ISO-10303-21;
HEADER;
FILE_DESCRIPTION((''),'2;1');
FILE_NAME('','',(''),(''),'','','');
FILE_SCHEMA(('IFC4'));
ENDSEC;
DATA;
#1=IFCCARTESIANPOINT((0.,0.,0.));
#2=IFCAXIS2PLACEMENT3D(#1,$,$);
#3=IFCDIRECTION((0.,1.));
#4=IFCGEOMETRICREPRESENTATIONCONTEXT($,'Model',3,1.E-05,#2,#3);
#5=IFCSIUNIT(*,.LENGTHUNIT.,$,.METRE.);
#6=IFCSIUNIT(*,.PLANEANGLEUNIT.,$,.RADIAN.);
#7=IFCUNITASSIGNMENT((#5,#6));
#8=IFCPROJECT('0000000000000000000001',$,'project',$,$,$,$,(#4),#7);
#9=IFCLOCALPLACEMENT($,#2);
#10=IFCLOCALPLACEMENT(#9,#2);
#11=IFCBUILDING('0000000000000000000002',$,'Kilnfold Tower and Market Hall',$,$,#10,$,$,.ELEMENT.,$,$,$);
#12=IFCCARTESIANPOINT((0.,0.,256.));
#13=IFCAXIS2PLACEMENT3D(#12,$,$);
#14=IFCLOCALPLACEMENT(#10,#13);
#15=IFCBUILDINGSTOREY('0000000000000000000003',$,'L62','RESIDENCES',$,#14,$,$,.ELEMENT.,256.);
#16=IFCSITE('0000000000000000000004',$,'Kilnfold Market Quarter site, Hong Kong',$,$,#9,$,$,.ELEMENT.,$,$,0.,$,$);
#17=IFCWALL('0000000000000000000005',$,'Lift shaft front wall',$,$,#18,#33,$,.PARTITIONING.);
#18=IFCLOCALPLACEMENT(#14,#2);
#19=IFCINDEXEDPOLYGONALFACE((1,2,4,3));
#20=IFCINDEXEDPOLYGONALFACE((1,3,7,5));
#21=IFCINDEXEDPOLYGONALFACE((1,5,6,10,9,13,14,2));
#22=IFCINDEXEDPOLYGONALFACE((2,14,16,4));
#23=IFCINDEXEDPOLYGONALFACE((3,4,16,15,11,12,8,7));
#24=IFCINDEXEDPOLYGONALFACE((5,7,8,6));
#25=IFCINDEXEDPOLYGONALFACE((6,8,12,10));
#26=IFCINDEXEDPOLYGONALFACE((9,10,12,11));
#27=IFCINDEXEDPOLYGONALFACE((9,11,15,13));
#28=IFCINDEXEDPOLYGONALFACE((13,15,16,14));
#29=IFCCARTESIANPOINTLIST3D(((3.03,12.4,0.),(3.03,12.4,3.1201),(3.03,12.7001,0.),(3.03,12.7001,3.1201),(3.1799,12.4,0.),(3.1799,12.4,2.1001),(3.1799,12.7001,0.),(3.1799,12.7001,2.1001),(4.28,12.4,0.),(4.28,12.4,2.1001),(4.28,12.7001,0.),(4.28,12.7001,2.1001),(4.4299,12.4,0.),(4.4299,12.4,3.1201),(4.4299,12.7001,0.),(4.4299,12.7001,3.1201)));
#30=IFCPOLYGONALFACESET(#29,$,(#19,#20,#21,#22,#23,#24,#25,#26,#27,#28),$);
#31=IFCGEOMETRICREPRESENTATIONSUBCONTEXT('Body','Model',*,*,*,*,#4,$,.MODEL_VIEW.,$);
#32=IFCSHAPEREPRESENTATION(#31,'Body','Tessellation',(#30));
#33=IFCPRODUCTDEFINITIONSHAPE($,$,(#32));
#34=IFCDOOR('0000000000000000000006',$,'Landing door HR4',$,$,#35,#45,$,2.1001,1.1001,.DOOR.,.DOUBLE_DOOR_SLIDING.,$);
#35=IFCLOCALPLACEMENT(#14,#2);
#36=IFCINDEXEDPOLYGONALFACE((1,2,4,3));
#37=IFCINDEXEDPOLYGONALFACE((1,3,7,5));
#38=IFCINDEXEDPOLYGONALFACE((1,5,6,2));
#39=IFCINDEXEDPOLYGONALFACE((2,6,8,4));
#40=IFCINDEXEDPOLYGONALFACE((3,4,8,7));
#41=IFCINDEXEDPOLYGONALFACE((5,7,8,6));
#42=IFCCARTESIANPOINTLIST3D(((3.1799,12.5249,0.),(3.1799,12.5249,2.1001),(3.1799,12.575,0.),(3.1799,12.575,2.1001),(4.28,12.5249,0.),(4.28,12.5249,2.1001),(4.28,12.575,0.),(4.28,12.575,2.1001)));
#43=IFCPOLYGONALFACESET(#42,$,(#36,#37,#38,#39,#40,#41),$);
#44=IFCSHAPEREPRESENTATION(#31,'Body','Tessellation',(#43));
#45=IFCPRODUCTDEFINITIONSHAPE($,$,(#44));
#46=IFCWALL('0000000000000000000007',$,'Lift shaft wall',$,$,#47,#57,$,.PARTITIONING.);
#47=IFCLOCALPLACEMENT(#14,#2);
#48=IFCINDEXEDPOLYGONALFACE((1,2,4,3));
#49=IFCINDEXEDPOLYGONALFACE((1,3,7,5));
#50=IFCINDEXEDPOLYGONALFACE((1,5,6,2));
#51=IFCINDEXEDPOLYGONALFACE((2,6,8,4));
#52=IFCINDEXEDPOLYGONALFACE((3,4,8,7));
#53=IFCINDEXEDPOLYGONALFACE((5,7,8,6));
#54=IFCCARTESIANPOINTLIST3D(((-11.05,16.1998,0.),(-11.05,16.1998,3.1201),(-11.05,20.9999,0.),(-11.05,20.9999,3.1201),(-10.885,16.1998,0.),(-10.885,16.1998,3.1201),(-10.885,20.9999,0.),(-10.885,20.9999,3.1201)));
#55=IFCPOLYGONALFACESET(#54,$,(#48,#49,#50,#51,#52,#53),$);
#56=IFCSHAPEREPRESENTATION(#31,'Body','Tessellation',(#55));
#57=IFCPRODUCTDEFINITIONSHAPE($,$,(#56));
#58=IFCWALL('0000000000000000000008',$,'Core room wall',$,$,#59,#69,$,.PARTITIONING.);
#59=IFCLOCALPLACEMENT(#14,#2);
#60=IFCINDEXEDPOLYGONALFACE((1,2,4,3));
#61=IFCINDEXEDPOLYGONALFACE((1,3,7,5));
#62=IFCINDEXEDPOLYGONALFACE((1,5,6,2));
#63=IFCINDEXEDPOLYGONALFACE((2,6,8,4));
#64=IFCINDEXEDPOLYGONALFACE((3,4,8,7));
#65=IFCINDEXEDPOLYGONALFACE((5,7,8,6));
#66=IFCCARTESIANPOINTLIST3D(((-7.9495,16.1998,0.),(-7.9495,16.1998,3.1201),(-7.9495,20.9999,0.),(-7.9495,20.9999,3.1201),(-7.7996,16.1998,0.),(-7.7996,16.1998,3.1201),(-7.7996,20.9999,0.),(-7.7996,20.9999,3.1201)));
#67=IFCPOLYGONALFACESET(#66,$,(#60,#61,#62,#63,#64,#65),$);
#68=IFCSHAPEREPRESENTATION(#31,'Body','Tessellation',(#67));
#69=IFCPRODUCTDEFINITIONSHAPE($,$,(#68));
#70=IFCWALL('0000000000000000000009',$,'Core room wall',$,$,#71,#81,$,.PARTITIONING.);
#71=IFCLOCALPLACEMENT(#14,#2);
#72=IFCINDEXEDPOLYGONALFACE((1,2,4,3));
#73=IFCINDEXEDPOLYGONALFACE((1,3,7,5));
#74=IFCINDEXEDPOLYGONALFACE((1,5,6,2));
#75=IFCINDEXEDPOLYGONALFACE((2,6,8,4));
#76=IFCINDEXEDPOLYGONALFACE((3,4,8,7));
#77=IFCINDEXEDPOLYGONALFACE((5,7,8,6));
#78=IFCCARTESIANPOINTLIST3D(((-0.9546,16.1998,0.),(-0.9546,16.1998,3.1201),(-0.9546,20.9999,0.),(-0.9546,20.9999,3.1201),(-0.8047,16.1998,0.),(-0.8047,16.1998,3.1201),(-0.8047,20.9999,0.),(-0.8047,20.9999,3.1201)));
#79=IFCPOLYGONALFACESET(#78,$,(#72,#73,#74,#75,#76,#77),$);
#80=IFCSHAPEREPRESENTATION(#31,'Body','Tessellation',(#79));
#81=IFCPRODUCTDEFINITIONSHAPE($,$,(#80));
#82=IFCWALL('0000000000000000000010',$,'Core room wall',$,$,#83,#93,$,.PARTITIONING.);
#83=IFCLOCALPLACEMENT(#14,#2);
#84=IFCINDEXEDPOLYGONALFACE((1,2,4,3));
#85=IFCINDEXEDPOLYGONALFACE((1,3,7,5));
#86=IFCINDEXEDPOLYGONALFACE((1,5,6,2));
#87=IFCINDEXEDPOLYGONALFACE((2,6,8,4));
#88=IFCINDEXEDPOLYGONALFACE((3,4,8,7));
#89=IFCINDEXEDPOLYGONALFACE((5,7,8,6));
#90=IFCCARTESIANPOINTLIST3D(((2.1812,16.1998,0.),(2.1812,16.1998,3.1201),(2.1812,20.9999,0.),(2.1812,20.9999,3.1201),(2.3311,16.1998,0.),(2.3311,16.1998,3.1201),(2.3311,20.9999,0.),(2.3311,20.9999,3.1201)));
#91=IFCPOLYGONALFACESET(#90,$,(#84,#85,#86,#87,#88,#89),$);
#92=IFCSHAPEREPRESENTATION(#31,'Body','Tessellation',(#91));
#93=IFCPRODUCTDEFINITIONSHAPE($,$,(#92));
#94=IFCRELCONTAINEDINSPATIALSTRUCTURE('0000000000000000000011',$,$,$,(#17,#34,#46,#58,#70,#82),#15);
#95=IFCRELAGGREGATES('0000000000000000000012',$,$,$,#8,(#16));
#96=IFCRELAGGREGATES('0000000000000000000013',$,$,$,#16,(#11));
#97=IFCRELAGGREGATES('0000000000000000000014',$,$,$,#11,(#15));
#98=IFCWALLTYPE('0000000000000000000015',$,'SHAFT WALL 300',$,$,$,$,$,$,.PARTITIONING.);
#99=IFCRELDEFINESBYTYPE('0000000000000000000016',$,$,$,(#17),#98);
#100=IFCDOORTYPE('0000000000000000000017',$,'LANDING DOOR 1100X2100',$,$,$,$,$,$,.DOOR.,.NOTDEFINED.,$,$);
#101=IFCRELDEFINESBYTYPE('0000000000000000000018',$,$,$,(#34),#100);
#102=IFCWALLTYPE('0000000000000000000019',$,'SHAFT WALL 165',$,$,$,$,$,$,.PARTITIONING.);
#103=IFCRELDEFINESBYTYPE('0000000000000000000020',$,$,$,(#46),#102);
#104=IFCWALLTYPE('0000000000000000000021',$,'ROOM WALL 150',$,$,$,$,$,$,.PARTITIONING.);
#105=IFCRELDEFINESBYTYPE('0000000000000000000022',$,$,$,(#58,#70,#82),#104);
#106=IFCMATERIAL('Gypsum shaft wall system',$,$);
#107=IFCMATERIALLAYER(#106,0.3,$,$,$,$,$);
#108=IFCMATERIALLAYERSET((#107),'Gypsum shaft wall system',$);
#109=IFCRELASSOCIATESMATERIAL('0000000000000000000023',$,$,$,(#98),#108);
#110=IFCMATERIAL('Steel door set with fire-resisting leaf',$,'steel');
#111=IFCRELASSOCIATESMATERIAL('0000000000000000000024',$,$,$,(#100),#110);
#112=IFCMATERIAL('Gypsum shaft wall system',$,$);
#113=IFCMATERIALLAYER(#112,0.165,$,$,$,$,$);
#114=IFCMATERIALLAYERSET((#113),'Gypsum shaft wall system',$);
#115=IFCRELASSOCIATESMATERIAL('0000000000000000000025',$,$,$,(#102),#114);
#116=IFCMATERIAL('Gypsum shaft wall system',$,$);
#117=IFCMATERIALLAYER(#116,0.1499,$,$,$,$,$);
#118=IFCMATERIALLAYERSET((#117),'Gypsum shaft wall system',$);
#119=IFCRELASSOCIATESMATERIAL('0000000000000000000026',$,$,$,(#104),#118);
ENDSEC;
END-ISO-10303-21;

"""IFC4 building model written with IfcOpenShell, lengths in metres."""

from ifc_helpers import new_model, si_unit, direction, frame, frame_2d, origin, place, context, subcontext, project, spatial, rectangle, extrude, source, transform, mapped, material, layer, layer_set, type_object, element, fill, save


model = new_model("IFC4")

# Units and contexts
model_context = context("Model", 3, precision=1e-05, world=origin(), true_north=direction((0.0, 1.0)))
body_context = subcontext(model_context, "Body", "Model", "MODEL_VIEW")
ifc_project = project(units=[si_unit("LENGTHUNIT", "METRE"), si_unit("PLANEANGLEUNIT", "RADIAN")], contexts=[model_context])

# Site, building, storey
site_placement = place(None, origin())
site = spatial("IfcSite", under=ifc_project, at=site_placement, Name="Kilnfold Market Quarter site, Hong Kong", CompositionType="ELEMENT", RefElevation=0.0)
building_placement = place(site_placement, origin())
building = spatial("IfcBuilding", under=site, at=building_placement, Name="Kilnfold Tower and Market Hall", CompositionType="ELEMENT")
storey_placement = place(building_placement, frame((0.0, 0.0, 256.0)))
storey = spatial("IfcBuildingStorey", under=building, at=storey_placement, Name="L62", Description="RESIDENCES", CompositionType="ELEMENT", Elevation=256.0)

# Wall, opening, door
ifc_material_1 = material(Name="Gypsum shaft wall system")
ifc_layer_1 = layer(ifc_material_1, 0.3)
ifc_layer_set_1 = layer_set([ifc_layer_1], Name="Gypsum shaft wall system")
wall_type_1 = type_object("IfcWallType", Name="SHAFT WALL 300", PredefinedType="PARTITIONING", material=ifc_layer_set_1)
shared_shape_1 = source(origin(), body_context, "Body", "SweptSolid", [
    extrude(rectangle(XDim=1.3999, YDim=0.3, at=frame_2d((0.7, 0.0))), origin(), (0.0, 0.0, 1.0), 3.1201),
])
wall_1_placement = place(storey_placement, frame((3.03, 12.55, 0.0), z_axis=(0.0, 0.0, 1.0), x_axis=(1.0, 0.0, 0.0)))
wall_1 = element("IfcWall", 1, at=wall_1_placement, inside=storey, type_object=wall_type_1, Name="Lift shaft front wall", PredefinedType="PARTITIONING", context=body_context, shape_type="MappedRepresentation", body=[
    mapped(shared_shape_1, transform((0.0, 0.0, 0.0))),
])
opening_1_placement = place(wall_1_placement, frame((0.1499, 0.0, 0.0)))
opening_1 = element("IfcOpeningElement", 2, at=opening_1_placement, cuts=wall_1, PredefinedType="OPENING", context=body_context, shape_type="SweptSolid", body=[
    extrude(rectangle(XDim=1.1001, YDim=2.1001, at=frame_2d((0.55, 1.05))), frame((0.0, 0.1602, 0.0), z_axis=(0.0, -1.0, 0.0), x_axis=(1.0, 0.0, 0.0)), (0.0, 0.0, 1.0), 0.3201),
])
ifc_material_2 = material(Name="Steel door set with fire-resisting leaf", Category="steel")
door_type_1 = type_object("IfcDoorType", Name="LANDING DOOR 1100X2100", OperationType="NOTDEFINED", PredefinedType="DOOR", material=ifc_material_2)
door_1_placement = place(opening_1_placement, origin())
door_1 = element("IfcDoor", 3, at=door_1_placement, inside=storey, type_object=door_type_1, Name="Landing door HR4", OperationType="DOUBLE_DOOR_SLIDING", OverallHeight=2.1001, OverallWidth=1.1001, PredefinedType="DOOR", context=body_context, shape_type="SweptSolid", body=[
    extrude(rectangle(XDim=1.1001, YDim=2.1001, at=frame_2d((0.55, 1.05))), frame((0.0, 0.0249, 0.0), z_axis=(0.0, -1.0, 0.0), x_axis=(1.0, 0.0, 0.0)), (0.0, 0.0, 1.0), 0.05),
])
fill(opening_1, door_1)

# Walls
ifc_material_3 = material(Name="Gypsum shaft wall system")
ifc_layer_2 = layer(ifc_material_3, 0.165)
ifc_layer_set_2 = layer_set([ifc_layer_2], Name="Gypsum shaft wall system")
wall_type_2 = type_object("IfcWallType", Name="SHAFT WALL 165", PredefinedType="PARTITIONING", material=ifc_layer_set_2)
shared_shape_2 = source(origin(), body_context, "Body", "SweptSolid", [
    extrude(rectangle(XDim=4.8, YDim=0.165, at=frame_2d((2.3999, 0.0))), origin(), (0.0, 0.0, 1.0), 3.1201),
])
wall_2_placement = place(storey_placement, frame((-10.9675, 16.2, 0.0), z_axis=(0.0, 0.0, 1.0), x_axis=(0.0, 1.0, 0.0)))
element("IfcWall", 4, at=wall_2_placement, inside=storey, type_object=wall_type_2, Name="Lift shaft wall", PredefinedType="PARTITIONING", context=body_context, shape_type="MappedRepresentation", body=[
    mapped(shared_shape_2, transform((0.0, 0.0, 0.0))),
])
ifc_material_4 = material(Name="Gypsum shaft wall system")
ifc_layer_3 = layer(ifc_material_4, 0.1499)
ifc_layer_set_3 = layer_set([ifc_layer_3], Name="Gypsum shaft wall system")
wall_type_3 = type_object("IfcWallType", Name="ROOM WALL 150", PredefinedType="PARTITIONING", material=ifc_layer_set_3)
shared_shape_3 = source(origin(), body_context, "Body", "SweptSolid", [
    extrude(rectangle(XDim=4.8, YDim=0.1499, at=frame_2d((2.3999, 0.0))), origin(), (0.0, 0.0, 1.0), 3.1201),
])
for number, where, z_axis, x_axis, name in (
    (5, (-7.8745, 16.2, 0.0), (0.0, 0.0, 1.0), (0.0, 1.0, 0.0), "Core room wall"),
    (6, (-0.8796, 16.2, 0.0), (0.0, 0.0, 1.0), (0.0, 1.0, 0.0), "Core room wall"),
    (7, (2.2561, 16.2, 0.0), (0.0, 0.0, 1.0), (0.0, 1.0, 0.0), "Core room wall"),
):
    element("IfcWall", number, at=place(storey_placement, frame(where, z_axis=z_axis, x_axis=x_axis)), inside=storey, type_object=wall_type_3, Name=name, PredefinedType="PARTITIONING", context=body_context, shape_type="MappedRepresentation", body=[
        mapped(shared_shape_3, transform((0.0, 0.0, 0.0))),
    ])

save(model, "model.ifc")
